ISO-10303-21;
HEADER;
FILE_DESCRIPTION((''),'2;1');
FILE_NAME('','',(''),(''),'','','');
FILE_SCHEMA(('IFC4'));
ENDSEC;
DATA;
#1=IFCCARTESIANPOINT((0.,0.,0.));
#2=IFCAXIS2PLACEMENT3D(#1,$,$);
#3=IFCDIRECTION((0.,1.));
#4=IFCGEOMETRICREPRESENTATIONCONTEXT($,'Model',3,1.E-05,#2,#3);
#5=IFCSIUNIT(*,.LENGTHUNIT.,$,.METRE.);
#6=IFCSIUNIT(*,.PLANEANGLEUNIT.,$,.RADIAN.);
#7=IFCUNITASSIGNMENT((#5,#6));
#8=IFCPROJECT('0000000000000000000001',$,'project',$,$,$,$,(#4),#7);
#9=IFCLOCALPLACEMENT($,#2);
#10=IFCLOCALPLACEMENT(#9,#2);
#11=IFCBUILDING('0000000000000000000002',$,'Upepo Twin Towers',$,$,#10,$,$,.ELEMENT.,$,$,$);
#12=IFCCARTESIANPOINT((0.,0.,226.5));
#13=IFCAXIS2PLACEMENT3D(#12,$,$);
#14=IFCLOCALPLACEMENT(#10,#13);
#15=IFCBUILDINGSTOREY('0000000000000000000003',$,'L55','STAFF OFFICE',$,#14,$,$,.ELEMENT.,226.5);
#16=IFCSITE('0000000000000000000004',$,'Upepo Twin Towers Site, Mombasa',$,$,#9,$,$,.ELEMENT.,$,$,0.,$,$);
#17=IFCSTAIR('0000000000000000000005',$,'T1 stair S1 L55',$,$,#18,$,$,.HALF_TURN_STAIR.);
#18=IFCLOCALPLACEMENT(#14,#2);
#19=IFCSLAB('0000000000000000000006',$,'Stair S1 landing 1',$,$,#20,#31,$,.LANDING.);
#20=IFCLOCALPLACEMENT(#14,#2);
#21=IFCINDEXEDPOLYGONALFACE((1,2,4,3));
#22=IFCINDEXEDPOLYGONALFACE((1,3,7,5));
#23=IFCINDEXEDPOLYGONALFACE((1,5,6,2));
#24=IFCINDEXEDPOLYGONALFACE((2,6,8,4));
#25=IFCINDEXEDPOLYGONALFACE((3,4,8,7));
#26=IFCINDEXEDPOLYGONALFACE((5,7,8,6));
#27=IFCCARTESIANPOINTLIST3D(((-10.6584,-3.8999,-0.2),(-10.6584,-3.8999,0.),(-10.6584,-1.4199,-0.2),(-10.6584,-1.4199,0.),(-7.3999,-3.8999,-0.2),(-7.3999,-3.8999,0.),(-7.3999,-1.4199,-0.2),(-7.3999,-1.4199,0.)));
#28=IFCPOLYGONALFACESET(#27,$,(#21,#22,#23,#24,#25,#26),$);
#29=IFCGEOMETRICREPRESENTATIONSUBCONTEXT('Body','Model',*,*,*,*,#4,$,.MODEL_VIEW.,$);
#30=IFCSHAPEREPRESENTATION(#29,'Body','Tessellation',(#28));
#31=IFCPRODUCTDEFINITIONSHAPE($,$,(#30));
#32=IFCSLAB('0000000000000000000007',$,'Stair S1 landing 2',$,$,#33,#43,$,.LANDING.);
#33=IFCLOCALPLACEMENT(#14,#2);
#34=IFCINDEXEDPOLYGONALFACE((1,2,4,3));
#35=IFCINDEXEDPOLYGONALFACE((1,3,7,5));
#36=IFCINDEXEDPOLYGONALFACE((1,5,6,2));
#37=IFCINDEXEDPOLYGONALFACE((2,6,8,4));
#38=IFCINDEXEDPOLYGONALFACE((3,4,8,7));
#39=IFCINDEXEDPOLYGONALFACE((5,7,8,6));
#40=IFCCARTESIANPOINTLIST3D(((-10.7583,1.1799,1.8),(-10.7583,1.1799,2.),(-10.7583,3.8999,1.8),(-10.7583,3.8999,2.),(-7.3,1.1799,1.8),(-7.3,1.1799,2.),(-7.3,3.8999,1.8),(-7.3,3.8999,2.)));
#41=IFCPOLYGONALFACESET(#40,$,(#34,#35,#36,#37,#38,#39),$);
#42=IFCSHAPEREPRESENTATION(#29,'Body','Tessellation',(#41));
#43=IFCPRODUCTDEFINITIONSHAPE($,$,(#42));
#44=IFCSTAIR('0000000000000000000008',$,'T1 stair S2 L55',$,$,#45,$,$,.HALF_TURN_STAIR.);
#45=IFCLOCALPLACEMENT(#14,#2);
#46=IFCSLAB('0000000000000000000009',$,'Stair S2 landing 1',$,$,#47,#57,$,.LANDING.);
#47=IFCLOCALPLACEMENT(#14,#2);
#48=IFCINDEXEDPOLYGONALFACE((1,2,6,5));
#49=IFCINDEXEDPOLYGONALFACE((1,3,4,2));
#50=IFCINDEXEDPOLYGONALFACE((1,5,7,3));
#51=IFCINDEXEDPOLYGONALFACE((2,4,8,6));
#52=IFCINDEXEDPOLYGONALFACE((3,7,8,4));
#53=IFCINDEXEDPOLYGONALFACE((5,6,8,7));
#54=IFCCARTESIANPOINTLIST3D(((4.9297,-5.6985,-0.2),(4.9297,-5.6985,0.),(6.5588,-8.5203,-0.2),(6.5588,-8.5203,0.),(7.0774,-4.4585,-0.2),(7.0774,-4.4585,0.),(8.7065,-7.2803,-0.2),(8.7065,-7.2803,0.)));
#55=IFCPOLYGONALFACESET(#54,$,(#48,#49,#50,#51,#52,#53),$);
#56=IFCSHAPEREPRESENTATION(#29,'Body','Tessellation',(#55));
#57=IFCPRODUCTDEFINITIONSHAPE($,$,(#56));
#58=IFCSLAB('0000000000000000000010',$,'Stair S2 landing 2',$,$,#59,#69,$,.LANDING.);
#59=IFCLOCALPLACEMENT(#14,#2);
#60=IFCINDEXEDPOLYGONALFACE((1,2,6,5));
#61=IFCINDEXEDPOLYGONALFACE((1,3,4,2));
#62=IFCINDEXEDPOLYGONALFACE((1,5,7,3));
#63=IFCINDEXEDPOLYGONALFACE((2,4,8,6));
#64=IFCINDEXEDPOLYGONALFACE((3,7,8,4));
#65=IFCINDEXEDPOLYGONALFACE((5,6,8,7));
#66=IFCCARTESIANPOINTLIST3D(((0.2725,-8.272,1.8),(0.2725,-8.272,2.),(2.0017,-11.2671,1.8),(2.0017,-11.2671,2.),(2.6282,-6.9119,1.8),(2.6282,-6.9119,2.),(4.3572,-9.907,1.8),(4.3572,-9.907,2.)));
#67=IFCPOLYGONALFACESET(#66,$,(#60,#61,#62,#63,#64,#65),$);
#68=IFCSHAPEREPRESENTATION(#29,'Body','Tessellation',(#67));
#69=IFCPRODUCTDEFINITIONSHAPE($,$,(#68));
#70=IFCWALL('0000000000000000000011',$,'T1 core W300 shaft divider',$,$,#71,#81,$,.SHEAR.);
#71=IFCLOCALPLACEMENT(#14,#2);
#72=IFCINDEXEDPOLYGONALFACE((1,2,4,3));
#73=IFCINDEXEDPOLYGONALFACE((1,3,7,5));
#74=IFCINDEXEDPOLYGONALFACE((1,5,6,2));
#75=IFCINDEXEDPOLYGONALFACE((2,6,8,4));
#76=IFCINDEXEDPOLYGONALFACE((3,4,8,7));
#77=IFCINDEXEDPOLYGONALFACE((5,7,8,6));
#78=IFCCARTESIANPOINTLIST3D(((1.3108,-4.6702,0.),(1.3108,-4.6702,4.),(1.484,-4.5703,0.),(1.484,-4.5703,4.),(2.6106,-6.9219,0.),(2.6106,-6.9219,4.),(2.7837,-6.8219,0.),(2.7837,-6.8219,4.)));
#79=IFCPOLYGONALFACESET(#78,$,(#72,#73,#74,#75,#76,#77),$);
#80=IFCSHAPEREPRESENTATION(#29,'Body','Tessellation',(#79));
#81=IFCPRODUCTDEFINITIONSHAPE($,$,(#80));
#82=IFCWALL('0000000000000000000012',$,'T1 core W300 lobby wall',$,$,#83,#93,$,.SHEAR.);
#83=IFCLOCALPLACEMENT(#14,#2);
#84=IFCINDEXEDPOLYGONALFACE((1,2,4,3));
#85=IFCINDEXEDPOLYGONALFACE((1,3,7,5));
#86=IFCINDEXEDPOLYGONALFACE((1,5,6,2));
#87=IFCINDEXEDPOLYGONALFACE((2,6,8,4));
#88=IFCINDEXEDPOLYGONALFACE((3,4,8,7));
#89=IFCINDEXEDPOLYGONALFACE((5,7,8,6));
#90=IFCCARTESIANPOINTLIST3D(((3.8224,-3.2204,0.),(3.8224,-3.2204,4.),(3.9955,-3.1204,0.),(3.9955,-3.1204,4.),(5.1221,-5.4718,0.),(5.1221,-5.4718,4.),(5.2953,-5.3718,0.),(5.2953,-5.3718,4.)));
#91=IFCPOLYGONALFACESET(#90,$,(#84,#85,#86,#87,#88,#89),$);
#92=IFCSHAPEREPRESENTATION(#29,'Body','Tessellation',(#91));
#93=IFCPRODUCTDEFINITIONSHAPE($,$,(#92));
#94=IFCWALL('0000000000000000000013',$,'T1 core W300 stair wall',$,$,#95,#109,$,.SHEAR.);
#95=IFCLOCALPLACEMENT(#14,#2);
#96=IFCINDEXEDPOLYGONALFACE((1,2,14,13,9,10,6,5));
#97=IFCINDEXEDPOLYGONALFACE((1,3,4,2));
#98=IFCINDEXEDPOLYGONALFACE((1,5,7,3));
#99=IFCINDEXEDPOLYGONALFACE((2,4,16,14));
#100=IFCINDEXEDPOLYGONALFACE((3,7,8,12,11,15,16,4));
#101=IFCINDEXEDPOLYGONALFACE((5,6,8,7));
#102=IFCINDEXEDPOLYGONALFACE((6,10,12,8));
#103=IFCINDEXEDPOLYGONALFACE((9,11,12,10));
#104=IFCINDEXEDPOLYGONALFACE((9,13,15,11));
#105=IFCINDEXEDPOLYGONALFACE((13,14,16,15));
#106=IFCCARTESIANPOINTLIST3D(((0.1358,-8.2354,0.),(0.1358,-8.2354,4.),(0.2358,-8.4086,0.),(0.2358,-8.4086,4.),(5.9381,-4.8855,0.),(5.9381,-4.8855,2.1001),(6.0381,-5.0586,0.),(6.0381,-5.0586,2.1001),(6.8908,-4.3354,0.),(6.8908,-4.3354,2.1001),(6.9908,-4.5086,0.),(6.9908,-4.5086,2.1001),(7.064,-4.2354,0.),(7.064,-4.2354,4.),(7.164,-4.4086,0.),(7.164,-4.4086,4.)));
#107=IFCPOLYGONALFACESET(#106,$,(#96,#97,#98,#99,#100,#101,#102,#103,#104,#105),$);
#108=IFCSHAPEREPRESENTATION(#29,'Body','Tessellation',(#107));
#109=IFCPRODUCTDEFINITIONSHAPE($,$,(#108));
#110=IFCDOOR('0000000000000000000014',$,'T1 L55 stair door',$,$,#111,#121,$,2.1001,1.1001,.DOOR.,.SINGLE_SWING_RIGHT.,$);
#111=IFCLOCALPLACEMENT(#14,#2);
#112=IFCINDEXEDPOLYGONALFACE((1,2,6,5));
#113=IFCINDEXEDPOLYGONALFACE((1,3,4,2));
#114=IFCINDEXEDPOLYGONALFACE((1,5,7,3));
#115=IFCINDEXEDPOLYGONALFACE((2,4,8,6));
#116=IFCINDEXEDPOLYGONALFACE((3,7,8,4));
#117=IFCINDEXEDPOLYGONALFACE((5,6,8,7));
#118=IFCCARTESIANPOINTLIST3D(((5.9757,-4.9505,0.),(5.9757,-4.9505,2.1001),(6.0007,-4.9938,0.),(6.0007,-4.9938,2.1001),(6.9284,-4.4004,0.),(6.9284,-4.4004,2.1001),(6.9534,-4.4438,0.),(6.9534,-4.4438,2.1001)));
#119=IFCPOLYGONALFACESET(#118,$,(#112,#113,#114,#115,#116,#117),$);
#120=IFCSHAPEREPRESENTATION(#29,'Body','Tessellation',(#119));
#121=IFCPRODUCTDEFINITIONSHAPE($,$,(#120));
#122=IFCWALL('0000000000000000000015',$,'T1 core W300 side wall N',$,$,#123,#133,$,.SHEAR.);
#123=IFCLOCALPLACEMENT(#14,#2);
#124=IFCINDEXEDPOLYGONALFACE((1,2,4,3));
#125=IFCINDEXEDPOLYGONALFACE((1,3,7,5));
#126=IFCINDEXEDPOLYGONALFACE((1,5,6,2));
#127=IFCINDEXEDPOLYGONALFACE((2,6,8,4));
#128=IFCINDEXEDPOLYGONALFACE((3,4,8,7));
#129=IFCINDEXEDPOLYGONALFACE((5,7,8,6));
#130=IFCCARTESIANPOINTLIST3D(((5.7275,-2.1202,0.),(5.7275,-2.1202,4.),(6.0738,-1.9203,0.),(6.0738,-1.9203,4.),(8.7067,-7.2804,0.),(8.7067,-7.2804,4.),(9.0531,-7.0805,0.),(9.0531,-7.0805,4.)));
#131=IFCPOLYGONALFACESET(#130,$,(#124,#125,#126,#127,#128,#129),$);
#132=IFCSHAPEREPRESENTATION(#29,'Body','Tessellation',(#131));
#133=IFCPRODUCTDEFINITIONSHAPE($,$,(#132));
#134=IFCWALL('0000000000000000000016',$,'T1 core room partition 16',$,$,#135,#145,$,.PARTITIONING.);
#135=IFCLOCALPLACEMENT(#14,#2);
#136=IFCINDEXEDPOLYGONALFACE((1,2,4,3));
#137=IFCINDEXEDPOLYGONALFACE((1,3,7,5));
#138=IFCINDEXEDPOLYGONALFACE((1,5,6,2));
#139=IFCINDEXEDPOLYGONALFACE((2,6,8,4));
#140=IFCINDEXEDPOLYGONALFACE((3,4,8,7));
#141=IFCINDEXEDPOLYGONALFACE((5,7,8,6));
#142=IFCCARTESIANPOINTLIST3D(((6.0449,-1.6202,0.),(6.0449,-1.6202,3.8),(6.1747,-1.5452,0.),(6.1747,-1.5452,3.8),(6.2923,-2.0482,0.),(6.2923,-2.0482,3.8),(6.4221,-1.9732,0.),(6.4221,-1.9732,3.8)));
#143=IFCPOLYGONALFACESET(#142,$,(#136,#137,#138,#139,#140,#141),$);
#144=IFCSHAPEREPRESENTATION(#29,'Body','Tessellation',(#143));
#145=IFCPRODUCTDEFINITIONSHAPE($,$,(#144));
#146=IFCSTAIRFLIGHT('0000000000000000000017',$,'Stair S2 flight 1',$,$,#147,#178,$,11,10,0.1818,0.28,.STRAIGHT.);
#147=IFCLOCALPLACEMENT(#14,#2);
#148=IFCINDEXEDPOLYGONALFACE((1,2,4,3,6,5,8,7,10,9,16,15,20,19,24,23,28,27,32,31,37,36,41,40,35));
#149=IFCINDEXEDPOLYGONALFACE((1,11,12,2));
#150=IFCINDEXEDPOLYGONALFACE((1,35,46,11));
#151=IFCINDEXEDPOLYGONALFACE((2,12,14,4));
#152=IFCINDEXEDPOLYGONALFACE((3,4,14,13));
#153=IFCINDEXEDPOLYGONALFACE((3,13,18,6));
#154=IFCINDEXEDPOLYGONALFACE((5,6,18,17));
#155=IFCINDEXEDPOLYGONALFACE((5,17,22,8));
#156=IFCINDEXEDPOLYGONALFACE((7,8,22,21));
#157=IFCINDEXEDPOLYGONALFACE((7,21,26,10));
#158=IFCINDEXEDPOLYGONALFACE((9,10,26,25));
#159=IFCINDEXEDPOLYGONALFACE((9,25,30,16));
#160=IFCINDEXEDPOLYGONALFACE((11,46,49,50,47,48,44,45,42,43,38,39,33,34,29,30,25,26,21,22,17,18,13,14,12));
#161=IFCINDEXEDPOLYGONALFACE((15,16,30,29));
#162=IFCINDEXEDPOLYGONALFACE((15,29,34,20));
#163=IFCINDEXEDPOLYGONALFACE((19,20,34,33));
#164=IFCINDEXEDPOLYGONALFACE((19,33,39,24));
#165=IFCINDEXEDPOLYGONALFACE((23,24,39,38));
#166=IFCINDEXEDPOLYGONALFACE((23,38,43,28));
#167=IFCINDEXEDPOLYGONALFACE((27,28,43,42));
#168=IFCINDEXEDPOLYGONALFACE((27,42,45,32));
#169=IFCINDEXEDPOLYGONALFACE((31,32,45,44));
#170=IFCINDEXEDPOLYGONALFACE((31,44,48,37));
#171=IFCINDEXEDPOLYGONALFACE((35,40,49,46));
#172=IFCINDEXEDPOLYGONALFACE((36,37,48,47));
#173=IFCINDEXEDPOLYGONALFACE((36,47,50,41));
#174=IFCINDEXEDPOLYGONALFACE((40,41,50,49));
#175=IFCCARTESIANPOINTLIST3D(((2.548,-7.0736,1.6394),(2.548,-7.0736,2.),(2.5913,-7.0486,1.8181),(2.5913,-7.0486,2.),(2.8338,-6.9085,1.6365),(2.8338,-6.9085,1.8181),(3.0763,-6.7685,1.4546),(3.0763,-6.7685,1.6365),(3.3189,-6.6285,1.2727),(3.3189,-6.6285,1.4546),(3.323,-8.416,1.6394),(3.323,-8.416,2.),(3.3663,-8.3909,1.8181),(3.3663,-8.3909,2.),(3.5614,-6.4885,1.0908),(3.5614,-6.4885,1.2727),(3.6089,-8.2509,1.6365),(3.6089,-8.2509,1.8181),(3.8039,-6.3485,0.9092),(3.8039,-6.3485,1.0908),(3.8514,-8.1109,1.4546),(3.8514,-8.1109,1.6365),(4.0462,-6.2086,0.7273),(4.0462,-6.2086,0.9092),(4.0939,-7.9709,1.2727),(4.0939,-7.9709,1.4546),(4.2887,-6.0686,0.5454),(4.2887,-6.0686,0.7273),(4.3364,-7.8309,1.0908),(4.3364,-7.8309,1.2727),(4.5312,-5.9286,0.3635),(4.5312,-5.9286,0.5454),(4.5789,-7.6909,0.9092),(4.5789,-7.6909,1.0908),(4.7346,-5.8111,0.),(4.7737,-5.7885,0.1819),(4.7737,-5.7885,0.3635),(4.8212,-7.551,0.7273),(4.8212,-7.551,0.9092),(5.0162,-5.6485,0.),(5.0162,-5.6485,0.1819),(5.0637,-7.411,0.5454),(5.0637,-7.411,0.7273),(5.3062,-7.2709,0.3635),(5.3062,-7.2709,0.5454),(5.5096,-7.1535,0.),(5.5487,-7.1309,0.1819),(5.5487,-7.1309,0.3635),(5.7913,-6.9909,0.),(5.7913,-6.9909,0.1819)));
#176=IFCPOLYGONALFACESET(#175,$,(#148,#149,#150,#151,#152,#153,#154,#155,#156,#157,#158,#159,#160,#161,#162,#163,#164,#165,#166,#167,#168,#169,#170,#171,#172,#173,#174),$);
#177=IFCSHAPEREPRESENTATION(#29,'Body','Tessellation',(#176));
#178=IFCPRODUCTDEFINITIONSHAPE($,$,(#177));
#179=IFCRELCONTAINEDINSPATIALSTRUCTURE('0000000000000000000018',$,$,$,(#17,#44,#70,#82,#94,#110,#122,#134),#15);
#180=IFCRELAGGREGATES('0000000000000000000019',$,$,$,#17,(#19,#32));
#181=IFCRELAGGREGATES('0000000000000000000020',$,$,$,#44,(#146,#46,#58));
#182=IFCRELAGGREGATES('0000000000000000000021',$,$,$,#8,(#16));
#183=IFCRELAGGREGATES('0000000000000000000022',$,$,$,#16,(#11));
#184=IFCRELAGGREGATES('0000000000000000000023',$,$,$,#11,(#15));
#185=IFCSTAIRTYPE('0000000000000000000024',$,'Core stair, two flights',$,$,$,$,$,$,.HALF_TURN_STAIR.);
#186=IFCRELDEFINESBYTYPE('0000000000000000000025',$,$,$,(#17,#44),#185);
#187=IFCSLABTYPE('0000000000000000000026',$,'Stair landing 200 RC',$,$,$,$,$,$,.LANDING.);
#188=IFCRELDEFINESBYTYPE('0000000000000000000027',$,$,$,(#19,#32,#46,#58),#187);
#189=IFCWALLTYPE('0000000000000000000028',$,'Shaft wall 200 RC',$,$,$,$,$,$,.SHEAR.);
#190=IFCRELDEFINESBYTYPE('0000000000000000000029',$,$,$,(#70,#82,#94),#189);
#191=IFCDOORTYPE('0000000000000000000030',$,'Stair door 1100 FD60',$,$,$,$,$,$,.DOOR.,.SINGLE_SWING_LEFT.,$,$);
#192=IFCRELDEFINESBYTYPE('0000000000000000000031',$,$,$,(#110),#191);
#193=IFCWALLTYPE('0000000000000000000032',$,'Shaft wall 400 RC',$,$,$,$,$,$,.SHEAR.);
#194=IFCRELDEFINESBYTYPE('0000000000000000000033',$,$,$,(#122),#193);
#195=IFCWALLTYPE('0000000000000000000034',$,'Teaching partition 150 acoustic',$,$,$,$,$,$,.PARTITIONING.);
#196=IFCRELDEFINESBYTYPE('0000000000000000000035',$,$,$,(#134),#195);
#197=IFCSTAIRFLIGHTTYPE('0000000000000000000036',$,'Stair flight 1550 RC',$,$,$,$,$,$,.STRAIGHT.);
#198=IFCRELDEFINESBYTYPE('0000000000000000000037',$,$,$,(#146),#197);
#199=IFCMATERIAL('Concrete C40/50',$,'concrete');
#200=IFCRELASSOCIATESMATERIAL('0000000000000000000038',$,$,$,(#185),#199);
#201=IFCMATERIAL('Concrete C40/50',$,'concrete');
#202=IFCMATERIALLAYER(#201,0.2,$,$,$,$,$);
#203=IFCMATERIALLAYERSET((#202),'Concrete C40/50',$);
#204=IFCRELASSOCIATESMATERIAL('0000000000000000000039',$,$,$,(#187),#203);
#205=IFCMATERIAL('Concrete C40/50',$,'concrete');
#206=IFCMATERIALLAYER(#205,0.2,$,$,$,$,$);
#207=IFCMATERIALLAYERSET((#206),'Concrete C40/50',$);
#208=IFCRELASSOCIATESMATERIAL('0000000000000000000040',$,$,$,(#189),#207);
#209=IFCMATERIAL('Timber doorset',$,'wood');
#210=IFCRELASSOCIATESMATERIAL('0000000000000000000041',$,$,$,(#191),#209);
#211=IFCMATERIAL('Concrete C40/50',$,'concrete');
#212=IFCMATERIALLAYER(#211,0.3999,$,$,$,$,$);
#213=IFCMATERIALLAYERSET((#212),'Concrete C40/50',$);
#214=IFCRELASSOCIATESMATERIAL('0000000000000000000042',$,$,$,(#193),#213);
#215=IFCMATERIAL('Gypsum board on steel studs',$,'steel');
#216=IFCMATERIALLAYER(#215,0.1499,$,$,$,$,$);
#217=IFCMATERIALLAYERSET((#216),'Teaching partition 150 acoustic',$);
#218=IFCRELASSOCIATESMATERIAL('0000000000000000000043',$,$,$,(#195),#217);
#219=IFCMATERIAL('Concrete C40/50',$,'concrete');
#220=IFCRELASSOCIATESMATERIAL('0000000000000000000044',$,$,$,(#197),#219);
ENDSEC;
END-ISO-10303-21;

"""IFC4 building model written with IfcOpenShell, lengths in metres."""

from ifc_helpers import new_model, si_unit, direction, frame, frame_2d, origin, place, context, subcontext, project, spatial, polyline, rectangle, outline, extrude, material, layer, layer_set, type_object, element, fill, aggregate, save


model = new_model("IFC4")

# Units and contexts
model_context = context("Model", 3, precision=1e-05, world=origin(), true_north=direction((0.0, 1.0)))
body_context = subcontext(model_context, "Body", "Model", "MODEL_VIEW")
ifc_project = project(units=[si_unit("LENGTHUNIT", "METRE"), si_unit("PLANEANGLEUNIT", "RADIAN")], contexts=[model_context])

# Site, building, storey
site_placement = place(None, origin())
site = spatial("IfcSite", under=ifc_project, at=site_placement, Name="Upepo Twin Towers Site, Mombasa", CompositionType="ELEMENT", RefElevation=0.0)
building_placement = place(site_placement, origin())
building = spatial("IfcBuilding", under=site, at=building_placement, Name="Upepo Twin Towers", CompositionType="ELEMENT")
storey_placement = place(building_placement, frame((0.0, 0.0, 226.5)))
storey = spatial("IfcBuildingStorey", under=building, at=storey_placement, Name="L55", Description="STAFF OFFICE", CompositionType="ELEMENT", Elevation=226.5)

# Stairs, slabs
ifc_material_1 = material(Name="Concrete C40/50", Category="concrete")
stair_type = type_object("IfcStairType", Name="Core stair, two flights", PredefinedType="HALF_TURN_STAIR", material=ifc_material_1)
stair_1_placement = place(storey_placement, origin())
stair_1 = element("IfcStair", 1, at=stair_1_placement, inside=storey, type_object=stair_type, Name="T1 stair S1 L55", PredefinedType="HALF_TURN_STAIR")
ifc_material_2 = material(Name="Concrete C40/50", Category="concrete")
ifc_layer_1 = layer(ifc_material_2, 0.2)
ifc_layer_set_1 = layer_set([ifc_layer_1], Name="Concrete C40/50")
slab_type = type_object("IfcSlabType", Name="Stair landing 200 RC", PredefinedType="LANDING", material=ifc_layer_set_1)
slab_1_placement = place(storey_placement, frame((0.0, 0.0, -0.2)))
slab_1 = element("IfcSlab", 2, at=slab_1_placement, type_object=slab_type, Name="Stair S1 landing 1", PredefinedType="LANDING", context=body_context, shape_type="SweptSolid", body=[
    extrude(outline(polyline([(-7.3999, -1.4199), (-10.6584, -1.4199), (-10.6584, -3.8999), (-7.3999, -3.8999), (-7.3999, -1.4199)])), origin(), (0.0, 0.0, 1.0), 0.2),
])
slab_2_placement = place(storey_placement, frame((0.0, 0.0, 1.8)))
slab_2 = element("IfcSlab", 3, at=slab_2_placement, type_object=slab_type, Name="Stair S1 landing 2", PredefinedType="LANDING", context=body_context, shape_type="SweptSolid", body=[
    extrude(outline(polyline([(-7.3, 3.8999), (-10.7583, 3.8999), (-10.7583, 1.1799), (-7.3, 1.1799), (-7.3, 3.8999)])), origin(), (0.0, 0.0, 1.0), 0.2),
])
aggregate(stair_1, [slab_1, slab_2])
stair_2_placement = place(storey_placement, origin())
stair_2 = element("IfcStair", 4, at=stair_2_placement, inside=storey, type_object=stair_type, Name="T1 stair S2 L55", PredefinedType="HALF_TURN_STAIR")
slab_3_placement = place(storey_placement, frame((0.0, 0.0, -0.2)))
slab_3 = element("IfcSlab", 5, at=slab_3_placement, type_object=slab_type, Name="Stair S2 landing 1", PredefinedType="LANDING", context=body_context, shape_type="SweptSolid", body=[
    extrude(outline(polyline([(4.9297, -5.6985), (6.5588, -8.5203), (8.7065, -7.2803), (7.0774, -4.4585), (4.9297, -5.6985)])), origin(), (0.0, 0.0, 1.0), 0.2),
])
slab_4_placement = place(storey_placement, frame((0.0, 0.0, 1.8)))
slab_4 = element("IfcSlab", 6, at=slab_4_placement, type_object=slab_type, Name="Stair S2 landing 2", PredefinedType="LANDING", context=body_context, shape_type="SweptSolid", body=[
    extrude(outline(polyline([(0.2725, -8.272), (2.0017, -11.2671), (4.3572, -9.907), (2.6282, -6.9119), (0.2725, -8.272)])), origin(), (0.0, 0.0, 1.0), 0.2),
])

# Walls
ifc_material_3 = material(Name="Concrete C40/50", Category="concrete")
ifc_layer_2 = layer(ifc_material_3, 0.2)
ifc_layer_set_2 = layer_set([ifc_layer_2], Name="Concrete C40/50")
wall_type_1 = type_object("IfcWallType", Name="Shaft wall 200 RC", PredefinedType="SHEAR", material=ifc_layer_set_2)
wall_1_placement = place(storey_placement, frame((1.3975, -4.6204, 0.0), z_axis=(0.0, 0.0, 1.0), x_axis=(0.499937, -0.866062, 0.0)))
element("IfcWall", 7, at=wall_1_placement, inside=storey, type_object=wall_type_1, Name="T1 core W300 shaft divider", PredefinedType="SHEAR", context=body_context, shape_type="SweptSolid", body=[
    extrude(rectangle(XDim=2.5999, YDim=0.2, at=frame_2d((1.2998, 0.0))), origin(), (0.0, 0.0, 1.0), 4.0),
])
wall_2_placement = place(storey_placement, frame((3.9089, -3.1704, 0.0), z_axis=(0.0, 0.0, 1.0), x_axis=(0.499977, -0.866039, 0.0)))
element("IfcWall", 8, at=wall_2_placement, inside=storey, type_object=wall_type_1, Name="T1 core W300 lobby wall", PredefinedType="SHEAR", context=body_context, shape_type="SweptSolid", body=[
    extrude(rectangle(XDim=2.5996, YDim=0.2, at=frame_2d((1.2998, 0.0))), origin(), (0.0, 0.0, 1.0), 4.0),
])

# Wall, opening, door
wall_3_placement = place(storey_placement, frame((0.1858, -8.322, 0.0), z_axis=(0.0, 0.0, 1.0), x_axis=(0.866026, 0.499999, 0.0)))
wall_3 = element("IfcWall", 9, at=wall_3_placement, inside=storey, type_object=wall_type_1, Name="T1 core W300 stair wall", PredefinedType="SHEAR", context=body_context, shape_type="SweptSolid", body=[
    extrude(rectangle(XDim=8.0, YDim=0.2, at=frame_2d((4.0, 0.0))), origin(), (0.0, 0.0, 1.0), 4.0),
])
opening_placement = place(wall_3_placement, frame((6.7, 0.0, 0.0)))
opening = element("IfcOpeningElement", 10, at=opening_placement, cuts=wall_3, PredefinedType="OPENING", context=body_context, shape_type="SweptSolid", body=[
    extrude(rectangle(XDim=1.1001, YDim=2.1001, at=frame_2d((0.55, 1.05))), frame((0.0, 0.1099, 0.0), z_axis=(0.0, -1.0, 0.0), x_axis=(1.0, 0.0, 0.0)), (0.0, 0.0, 1.0), 0.22),
])
ifc_material_4 = material(Name="Timber doorset", Category="wood")
door_type = type_object("IfcDoorType", Name="Stair door 1100 FD60", OperationType="SINGLE_SWING_LEFT", PredefinedType="DOOR", material=ifc_material_4)
door_placement = place(opening_placement, origin())
door = element("IfcDoor", 11, at=door_placement, inside=storey, type_object=door_type, Name="T1 L55 stair door", OperationType="SINGLE_SWING_RIGHT", OverallHeight=2.1001, OverallWidth=1.1001, PredefinedType="DOOR", context=body_context, shape_type="SweptSolid", body=[
    extrude(rectangle(XDim=1.1001, YDim=2.1001, at=frame_2d((0.55, 1.05))), frame((0.0, 0.0249, 0.0), z_axis=(0.0, -1.0, 0.0), x_axis=(1.0, 0.0, 0.0)), (0.0, 0.0, 1.0), 0.05),
])
fill(opening, door)

# Walls
ifc_material_5 = material(Name="Concrete C40/50", Category="concrete")
ifc_layer_3 = layer(ifc_material_5, 0.3999)
ifc_layer_set_3 = layer_set([ifc_layer_3], Name="Concrete C40/50")
wall_type_2 = type_object("IfcWallType", Name="Shaft wall 400 RC", PredefinedType="SHEAR", material=ifc_layer_set_3)
wall_4_placement = place(storey_placement, frame((5.9006, -2.0203, 0.0), z_axis=(0.0, 0.0, 1.0), x_axis=(0.500004, -0.866023, 0.0)))
element("IfcWall", 12, at=wall_4_placement, inside=storey, type_object=wall_type_2, Name="T1 core W300 side wall N", PredefinedType="SHEAR", context=body_context, shape_type="SweptSolid", body=[
    extrude(rectangle(XDim=5.9585, YDim=0.3999, at=frame_2d((2.9792, 0.0))), origin(), (0.0, 0.0, 1.0), 4.0),
])
ifc_material_6 = material(Name="Gypsum board on steel studs", Category="steel")
ifc_layer_4 = layer(ifc_material_6, 0.1499)
ifc_layer_set_4 = layer_set([ifc_layer_4], Name="Teaching partition 150 acoustic")
wall_type_3 = type_object("IfcWallType", Name="Teaching partition 150 acoustic", PredefinedType="PARTITIONING", material=ifc_layer_set_4)
wall_5_placement = place(storey_placement, frame((6.1099, -1.5828, 0.0), z_axis=(0.0, 0.0, 1.0), x_axis=(0.500335, -0.865832, 0.0)))
element("IfcWall", 13, at=wall_5_placement, inside=storey, type_object=wall_type_3, Name="T1 core room partition 16", PredefinedType="PARTITIONING", context=body_context, shape_type="SweptSolid", body=[
    extrude(rectangle(XDim=0.4944, YDim=0.1499, at=frame_2d((0.2471, 0.0))), origin(), (0.0, 0.0, 1.0), 3.8),
])

# Stair flight
ifc_material_7 = material(Name="Concrete C40/50", Category="concrete")
stair_flight_type = type_object("IfcStairFlightType", Name="Stair flight 1550 RC", PredefinedType="STRAIGHT", material=ifc_material_7)
stair_flight_1_placement = place(storey_placement, frame((5.4038, -6.3198, 0.0), z_axis=(0.0, 0.0, 1.0), x_axis=(-0.866025, -0.5, 0.0)))
stair_flight_1 = element("IfcStairFlight", 14, at=stair_flight_1_placement, type_object=stair_flight_type, Name="Stair S2 flight 1", NumberOfRisers=11, NumberOfTreads=10, PredefinedType="STRAIGHT", RiserHeight=0.1818, TreadLength=0.28, context=body_context, shape_type="SweptSolid", body=[
    extrude(outline(polyline([(0.0, 0.0), (0.0, 0.1819), (0.28, 0.1819), (0.28, 0.3635), (0.5601, 0.3635), (0.5601, 0.5454), (0.8401, 0.5454), (0.8401, 0.7273), (1.1201, 0.7273), (1.1201, 0.9092), (1.3999, 0.9092), (1.3999, 1.0908), (1.6799, 1.0908), (1.6799, 1.2727), (1.96, 1.2727), (1.96, 1.4546), (2.24, 1.4546), (2.24, 1.6365), (2.52, 1.6365), (2.52, 1.8181), (2.8, 1.8181), (2.8, 2.0), (2.8501, 2.0), (2.8501, 1.6394), (0.3252, 0.0), (0.0, 0.0)])), frame((0.0, 0.7749, 0.0), z_axis=(0.0, -1.0, 0.0), x_axis=(1.0, 0.0, 0.0)), (0.0, 0.0, 1.0), 1.55),
])
aggregate(stair_2, [stair_flight_1, slab_3, slab_4])

save(model, "model.ifc")
